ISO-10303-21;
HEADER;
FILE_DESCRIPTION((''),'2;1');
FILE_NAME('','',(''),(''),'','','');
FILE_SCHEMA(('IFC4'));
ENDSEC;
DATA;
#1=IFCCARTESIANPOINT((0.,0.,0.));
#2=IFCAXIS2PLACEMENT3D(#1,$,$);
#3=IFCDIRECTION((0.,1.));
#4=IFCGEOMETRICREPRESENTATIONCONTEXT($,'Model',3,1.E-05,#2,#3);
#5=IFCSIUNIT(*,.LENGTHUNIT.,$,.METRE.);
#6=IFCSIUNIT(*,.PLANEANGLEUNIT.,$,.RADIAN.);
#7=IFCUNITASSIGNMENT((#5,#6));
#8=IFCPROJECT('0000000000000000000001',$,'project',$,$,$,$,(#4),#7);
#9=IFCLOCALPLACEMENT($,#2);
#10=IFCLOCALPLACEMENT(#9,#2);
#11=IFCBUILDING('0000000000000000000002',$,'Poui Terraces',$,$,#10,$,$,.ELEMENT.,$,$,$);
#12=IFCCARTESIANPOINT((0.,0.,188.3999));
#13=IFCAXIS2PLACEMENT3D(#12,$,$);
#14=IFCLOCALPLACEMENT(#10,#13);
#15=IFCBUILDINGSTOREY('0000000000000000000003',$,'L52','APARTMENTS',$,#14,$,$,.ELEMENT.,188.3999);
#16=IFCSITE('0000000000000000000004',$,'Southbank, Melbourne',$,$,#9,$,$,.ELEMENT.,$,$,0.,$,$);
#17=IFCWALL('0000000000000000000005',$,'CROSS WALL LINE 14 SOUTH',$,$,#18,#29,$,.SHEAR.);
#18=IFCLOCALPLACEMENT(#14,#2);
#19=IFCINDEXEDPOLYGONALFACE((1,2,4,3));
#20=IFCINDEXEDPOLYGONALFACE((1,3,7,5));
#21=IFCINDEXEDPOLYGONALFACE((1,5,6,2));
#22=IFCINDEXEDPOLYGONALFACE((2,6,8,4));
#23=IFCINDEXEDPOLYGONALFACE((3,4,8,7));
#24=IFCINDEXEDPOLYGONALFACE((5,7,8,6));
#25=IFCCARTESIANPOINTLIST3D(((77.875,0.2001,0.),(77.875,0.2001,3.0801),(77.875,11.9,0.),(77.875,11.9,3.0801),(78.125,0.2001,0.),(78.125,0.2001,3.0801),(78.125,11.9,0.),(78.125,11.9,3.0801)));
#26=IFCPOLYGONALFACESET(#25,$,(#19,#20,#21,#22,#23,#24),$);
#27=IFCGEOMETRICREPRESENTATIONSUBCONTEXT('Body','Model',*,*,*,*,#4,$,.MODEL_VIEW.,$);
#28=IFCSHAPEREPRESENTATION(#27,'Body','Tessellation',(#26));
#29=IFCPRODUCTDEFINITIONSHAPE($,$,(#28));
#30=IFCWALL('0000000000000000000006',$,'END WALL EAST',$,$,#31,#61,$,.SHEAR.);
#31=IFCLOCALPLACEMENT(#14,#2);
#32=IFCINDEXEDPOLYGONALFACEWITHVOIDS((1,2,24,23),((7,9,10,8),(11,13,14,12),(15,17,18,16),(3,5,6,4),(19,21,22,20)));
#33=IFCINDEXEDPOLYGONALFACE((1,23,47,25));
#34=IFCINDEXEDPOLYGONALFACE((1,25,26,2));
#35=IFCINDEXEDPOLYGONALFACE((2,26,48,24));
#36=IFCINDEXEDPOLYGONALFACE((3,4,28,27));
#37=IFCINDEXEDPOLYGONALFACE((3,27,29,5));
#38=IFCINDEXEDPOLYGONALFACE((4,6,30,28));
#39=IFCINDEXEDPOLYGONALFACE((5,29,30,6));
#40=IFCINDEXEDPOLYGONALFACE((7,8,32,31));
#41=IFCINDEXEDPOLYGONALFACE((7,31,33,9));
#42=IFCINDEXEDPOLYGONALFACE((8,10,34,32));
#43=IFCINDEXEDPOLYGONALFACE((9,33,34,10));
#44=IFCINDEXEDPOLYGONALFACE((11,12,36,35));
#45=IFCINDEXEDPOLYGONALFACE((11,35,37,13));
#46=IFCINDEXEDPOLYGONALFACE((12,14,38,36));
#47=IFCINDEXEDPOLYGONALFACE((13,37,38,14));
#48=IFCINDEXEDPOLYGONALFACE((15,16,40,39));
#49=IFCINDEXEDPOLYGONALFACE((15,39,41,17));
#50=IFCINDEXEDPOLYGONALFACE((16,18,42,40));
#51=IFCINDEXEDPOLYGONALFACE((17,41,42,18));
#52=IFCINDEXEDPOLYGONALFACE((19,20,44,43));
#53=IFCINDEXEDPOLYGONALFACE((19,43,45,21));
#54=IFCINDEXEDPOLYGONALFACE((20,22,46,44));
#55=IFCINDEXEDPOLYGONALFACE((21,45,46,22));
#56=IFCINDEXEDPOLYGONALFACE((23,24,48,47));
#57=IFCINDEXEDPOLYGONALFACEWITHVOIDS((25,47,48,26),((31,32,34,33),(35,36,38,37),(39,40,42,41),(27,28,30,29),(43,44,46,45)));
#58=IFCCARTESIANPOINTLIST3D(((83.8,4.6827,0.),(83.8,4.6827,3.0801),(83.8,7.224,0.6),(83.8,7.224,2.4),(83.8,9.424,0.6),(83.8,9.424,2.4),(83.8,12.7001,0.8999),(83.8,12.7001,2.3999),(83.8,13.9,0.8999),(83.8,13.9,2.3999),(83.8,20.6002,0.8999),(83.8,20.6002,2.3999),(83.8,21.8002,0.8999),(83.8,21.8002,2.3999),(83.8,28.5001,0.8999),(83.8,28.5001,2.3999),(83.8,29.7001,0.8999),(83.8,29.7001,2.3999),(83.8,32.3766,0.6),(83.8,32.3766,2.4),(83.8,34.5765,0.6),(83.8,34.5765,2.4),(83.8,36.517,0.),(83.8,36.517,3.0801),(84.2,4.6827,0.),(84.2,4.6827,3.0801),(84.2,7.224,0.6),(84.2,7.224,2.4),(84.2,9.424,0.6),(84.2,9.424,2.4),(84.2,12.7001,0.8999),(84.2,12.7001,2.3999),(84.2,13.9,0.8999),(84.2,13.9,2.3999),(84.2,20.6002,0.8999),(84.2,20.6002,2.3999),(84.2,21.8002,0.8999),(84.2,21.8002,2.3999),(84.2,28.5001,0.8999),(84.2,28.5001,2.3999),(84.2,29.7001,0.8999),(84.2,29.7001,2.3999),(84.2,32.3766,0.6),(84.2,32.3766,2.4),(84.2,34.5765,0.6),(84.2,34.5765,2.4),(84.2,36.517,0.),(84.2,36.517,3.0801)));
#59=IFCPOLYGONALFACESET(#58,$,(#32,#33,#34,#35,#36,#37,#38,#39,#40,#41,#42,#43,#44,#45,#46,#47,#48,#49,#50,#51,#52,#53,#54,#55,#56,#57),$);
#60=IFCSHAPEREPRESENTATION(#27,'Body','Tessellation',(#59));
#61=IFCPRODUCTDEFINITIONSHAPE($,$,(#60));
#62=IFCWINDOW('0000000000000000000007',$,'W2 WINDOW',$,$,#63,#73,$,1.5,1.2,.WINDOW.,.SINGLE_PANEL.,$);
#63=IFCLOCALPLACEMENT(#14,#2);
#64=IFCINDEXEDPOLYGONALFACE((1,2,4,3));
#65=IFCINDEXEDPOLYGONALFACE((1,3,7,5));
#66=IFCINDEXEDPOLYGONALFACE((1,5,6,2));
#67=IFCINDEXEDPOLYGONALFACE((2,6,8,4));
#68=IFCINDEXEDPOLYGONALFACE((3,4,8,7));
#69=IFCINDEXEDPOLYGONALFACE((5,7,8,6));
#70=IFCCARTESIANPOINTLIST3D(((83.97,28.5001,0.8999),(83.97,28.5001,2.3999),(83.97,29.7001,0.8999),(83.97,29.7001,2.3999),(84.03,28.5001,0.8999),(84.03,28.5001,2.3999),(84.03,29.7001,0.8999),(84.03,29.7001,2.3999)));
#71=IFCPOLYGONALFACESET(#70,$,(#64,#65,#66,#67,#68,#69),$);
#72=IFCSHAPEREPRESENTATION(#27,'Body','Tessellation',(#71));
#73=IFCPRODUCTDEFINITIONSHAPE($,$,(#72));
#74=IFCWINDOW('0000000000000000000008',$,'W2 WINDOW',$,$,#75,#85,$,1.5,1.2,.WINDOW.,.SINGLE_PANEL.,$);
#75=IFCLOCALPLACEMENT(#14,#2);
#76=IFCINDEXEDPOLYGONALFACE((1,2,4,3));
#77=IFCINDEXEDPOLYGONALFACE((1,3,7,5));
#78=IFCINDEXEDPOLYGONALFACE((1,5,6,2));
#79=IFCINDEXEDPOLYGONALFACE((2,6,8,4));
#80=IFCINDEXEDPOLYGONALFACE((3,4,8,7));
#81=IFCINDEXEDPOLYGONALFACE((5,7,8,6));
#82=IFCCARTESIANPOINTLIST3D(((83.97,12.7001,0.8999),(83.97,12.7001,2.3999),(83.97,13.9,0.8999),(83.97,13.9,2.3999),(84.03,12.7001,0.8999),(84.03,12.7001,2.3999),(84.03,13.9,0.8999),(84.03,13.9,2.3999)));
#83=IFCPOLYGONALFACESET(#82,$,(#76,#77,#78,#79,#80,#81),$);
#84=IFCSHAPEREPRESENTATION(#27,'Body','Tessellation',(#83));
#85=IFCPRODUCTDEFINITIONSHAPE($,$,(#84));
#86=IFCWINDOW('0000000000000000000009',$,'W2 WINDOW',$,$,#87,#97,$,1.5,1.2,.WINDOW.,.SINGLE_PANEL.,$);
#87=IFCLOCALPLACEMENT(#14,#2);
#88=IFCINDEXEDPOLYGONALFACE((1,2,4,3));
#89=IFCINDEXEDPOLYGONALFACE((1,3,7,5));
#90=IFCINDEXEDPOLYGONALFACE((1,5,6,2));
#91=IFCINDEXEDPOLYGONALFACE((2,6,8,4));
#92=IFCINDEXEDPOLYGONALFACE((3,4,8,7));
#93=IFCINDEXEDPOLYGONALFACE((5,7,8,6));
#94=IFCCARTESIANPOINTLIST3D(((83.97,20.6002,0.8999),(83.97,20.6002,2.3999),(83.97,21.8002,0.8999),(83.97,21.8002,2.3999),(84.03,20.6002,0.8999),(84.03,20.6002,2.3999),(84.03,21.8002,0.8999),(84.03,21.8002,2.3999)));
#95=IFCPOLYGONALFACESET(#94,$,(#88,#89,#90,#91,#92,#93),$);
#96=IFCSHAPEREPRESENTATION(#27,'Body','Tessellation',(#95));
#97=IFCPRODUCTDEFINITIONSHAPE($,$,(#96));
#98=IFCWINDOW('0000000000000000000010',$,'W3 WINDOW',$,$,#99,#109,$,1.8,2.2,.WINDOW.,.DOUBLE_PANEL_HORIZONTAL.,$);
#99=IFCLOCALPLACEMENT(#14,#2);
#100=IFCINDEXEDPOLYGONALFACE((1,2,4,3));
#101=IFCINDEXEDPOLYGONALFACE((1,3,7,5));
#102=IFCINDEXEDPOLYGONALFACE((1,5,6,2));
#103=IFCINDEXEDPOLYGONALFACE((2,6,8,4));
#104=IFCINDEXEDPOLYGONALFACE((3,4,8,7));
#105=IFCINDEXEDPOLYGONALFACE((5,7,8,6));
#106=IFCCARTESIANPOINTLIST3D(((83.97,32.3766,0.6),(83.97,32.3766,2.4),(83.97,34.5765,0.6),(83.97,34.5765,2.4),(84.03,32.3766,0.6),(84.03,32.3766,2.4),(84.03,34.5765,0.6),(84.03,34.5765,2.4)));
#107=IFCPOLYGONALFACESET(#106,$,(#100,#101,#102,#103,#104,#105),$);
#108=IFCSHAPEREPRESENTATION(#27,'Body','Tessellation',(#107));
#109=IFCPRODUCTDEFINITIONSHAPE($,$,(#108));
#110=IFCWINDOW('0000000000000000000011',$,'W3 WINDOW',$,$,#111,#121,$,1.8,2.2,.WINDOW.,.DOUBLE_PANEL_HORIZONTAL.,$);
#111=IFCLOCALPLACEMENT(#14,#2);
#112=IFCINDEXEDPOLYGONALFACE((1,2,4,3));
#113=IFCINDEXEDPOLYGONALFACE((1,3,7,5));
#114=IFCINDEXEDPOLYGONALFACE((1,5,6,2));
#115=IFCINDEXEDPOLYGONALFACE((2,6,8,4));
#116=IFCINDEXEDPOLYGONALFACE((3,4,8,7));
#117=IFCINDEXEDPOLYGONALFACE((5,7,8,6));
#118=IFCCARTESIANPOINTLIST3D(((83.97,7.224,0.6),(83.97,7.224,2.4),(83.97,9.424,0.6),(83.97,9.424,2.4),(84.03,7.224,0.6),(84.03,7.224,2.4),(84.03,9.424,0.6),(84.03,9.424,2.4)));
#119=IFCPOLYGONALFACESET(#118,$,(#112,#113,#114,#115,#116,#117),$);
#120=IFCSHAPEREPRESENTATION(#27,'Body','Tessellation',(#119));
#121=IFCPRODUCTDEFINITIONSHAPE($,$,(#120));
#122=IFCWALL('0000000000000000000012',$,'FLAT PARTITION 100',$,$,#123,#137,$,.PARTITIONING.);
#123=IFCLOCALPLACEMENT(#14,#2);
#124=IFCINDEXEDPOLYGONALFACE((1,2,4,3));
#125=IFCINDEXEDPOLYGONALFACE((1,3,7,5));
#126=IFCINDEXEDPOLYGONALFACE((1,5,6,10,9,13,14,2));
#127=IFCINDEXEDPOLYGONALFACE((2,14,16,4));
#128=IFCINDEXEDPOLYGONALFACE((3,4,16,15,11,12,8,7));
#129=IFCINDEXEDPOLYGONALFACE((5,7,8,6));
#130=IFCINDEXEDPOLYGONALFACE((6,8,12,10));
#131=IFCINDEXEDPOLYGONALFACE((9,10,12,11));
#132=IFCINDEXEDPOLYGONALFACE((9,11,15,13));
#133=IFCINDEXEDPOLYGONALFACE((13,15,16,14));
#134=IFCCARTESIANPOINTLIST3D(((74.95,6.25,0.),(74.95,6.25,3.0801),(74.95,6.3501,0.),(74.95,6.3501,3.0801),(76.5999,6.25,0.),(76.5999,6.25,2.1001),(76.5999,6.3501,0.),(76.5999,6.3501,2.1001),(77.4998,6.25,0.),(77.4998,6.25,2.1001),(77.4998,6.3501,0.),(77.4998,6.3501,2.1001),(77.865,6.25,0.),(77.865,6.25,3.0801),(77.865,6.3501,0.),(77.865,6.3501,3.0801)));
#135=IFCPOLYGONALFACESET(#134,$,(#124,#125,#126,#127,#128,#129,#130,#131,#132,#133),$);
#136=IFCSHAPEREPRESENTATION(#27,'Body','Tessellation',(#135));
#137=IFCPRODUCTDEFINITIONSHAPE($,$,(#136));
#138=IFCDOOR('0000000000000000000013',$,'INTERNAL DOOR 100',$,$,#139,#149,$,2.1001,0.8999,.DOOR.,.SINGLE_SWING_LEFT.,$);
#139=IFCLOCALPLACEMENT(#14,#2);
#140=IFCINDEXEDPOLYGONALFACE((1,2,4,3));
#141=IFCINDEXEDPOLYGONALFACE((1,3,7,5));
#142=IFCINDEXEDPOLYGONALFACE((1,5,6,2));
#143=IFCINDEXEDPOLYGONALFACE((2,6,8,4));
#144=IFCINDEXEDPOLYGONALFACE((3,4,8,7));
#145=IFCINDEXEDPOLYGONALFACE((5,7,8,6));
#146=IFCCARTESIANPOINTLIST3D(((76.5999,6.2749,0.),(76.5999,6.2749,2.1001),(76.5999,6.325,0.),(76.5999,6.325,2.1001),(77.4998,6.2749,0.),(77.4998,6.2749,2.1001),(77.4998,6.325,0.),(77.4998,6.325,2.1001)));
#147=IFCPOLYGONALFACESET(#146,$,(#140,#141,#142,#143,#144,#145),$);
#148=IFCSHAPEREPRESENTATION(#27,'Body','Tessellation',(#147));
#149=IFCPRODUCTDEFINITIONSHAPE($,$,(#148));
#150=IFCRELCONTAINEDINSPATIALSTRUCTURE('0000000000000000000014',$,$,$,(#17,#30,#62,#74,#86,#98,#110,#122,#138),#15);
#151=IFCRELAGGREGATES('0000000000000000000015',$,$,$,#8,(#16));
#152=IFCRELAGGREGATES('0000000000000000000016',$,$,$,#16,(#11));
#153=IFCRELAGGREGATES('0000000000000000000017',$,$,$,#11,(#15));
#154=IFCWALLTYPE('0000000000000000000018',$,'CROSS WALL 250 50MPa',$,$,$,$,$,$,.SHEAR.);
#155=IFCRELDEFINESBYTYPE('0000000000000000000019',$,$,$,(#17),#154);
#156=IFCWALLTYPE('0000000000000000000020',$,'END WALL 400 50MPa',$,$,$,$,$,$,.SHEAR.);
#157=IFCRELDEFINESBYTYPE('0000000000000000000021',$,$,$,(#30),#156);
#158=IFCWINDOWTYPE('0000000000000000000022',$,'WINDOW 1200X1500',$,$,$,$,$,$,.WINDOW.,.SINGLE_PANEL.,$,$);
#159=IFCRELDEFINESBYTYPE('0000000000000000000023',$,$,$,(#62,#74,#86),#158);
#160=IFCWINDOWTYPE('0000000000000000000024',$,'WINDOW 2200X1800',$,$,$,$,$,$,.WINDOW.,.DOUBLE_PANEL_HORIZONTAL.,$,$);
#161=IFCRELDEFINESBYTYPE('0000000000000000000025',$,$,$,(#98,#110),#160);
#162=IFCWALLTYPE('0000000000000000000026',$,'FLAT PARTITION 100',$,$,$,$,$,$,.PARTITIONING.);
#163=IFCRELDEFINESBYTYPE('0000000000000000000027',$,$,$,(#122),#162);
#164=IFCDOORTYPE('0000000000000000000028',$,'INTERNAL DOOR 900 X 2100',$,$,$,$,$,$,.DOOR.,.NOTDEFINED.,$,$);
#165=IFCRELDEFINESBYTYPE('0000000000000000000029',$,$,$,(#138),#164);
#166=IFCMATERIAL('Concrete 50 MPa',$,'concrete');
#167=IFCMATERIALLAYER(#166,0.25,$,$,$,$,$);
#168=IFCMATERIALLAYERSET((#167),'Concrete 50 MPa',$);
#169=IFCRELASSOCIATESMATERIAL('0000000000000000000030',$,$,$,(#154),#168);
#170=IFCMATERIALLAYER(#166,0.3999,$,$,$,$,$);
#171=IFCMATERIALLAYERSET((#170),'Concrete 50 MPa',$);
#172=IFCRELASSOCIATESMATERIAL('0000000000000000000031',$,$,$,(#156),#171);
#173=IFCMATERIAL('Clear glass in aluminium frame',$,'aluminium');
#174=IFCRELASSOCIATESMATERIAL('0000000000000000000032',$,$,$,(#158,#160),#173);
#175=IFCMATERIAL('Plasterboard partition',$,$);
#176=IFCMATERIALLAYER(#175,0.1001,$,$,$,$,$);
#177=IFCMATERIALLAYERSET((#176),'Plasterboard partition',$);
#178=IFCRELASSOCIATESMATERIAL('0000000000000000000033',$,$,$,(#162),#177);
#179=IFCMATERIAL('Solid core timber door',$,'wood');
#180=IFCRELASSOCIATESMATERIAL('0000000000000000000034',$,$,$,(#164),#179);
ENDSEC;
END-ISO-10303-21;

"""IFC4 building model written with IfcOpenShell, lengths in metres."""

from ifc_helpers import new_model, si_unit, direction, frame, frame_2d, origin, place, context, subcontext, project, spatial, rectangle, extrude, material, layer, layer_set, type_object, element, fill, save


model = new_model("IFC4")

# Units and contexts
model_context = context("Model", 3, precision=1e-05, world=origin(), true_north=direction((0.0, 1.0)))
body_context = subcontext(model_context, "Body", "Model", "MODEL_VIEW")
ifc_project = project(units=[si_unit("LENGTHUNIT", "METRE"), si_unit("PLANEANGLEUNIT", "RADIAN")], contexts=[model_context])

# Site, building, storey
site_placement = place(None, origin())
site = spatial("IfcSite", under=ifc_project, at=site_placement, Name="Southbank, Melbourne", CompositionType="ELEMENT", RefElevation=0.0)
building_placement = place(site_placement, origin())
building = spatial("IfcBuilding", under=site, at=building_placement, Name="Poui Terraces", CompositionType="ELEMENT")
storey_placement = place(building_placement, frame((0.0, 0.0, 188.3999)))
storey = spatial("IfcBuildingStorey", under=building, at=storey_placement, Name="L52", Description="APARTMENTS", CompositionType="ELEMENT", Elevation=188.3999)

# Wall
ifc_material_1 = material(Name="Concrete 50 MPa", Category="concrete")
ifc_layer_1 = layer(ifc_material_1, 0.25)
ifc_layer_set_1 = layer_set([ifc_layer_1], Name="Concrete 50 MPa")
wall_type_1 = type_object("IfcWallType", Name="CROSS WALL 250 50MPa", PredefinedType="SHEAR", material=ifc_layer_set_1)
wall_1_placement = place(storey_placement, frame((78.0, 0.2, 0.0), z_axis=(0.0, 0.0, 1.0), x_axis=(0.0, 1.0, 0.0)))
element("IfcWall", 1, at=wall_1_placement, inside=storey, type_object=wall_type_1, Name="CROSS WALL LINE 14 SOUTH", PredefinedType="SHEAR", context=body_context, shape_type="SweptSolid", body=[
    extrude(rectangle(XDim=11.7, YDim=0.25, at=frame_2d((5.8501, 0.0))), origin(), (0.0, 0.0, 1.0), 3.0801),
])

# Wall, openings, windows
ifc_layer_2 = layer(ifc_material_1, 0.3999)
ifc_layer_set_2 = layer_set([ifc_layer_2], Name="Concrete 50 MPa")
wall_type_2 = type_object("IfcWallType", Name="END WALL 400 50MPa", PredefinedType="SHEAR", material=ifc_layer_set_2)
wall_2_placement = place(storey_placement, frame((84.0, 4.6829, 0.0), z_axis=(0.0, 0.0, 1.0), x_axis=(0.0, 1.0, 0.0)))
wall_2 = element("IfcWall", 2, at=wall_2_placement, inside=storey, type_object=wall_type_2, Name="END WALL EAST", PredefinedType="SHEAR", context=body_context, shape_type="SweptSolid", body=[
    extrude(rectangle(XDim=31.8342, YDim=0.3999, at=frame_2d((15.917, 0.0))), origin(), (0.0, 0.0, 1.0), 3.0801),
])
opening_1_placement = place(wall_2_placement, frame((23.8171, 0.0, 0.8999)))
opening_1 = element("IfcOpeningElement", 3, at=opening_1_placement, cuts=wall_2, PredefinedType="OPENING", context=body_context, shape_type="SweptSolid", body=[
    extrude(rectangle(XDim=1.2, YDim=1.5, at=frame_2d((0.6001, 0.75))), frame((0.0, 0.21, 0.0), z_axis=(0.0, -1.0, 0.0), x_axis=(1.0, 0.0, 0.0)), (0.0, 0.0, 1.0), 0.4199),
])
opening_2_placement = place(wall_2_placement, frame((8.0171, 0.0, 0.8999)))
opening_2 = element("IfcOpeningElement", 4, at=opening_2_placement, cuts=wall_2, PredefinedType="OPENING", context=body_context, shape_type="SweptSolid", body=[
    extrude(rectangle(XDim=1.2, YDim=1.5, at=frame_2d((0.6001, 0.75))), frame((0.0, 0.21, 0.0), z_axis=(0.0, -1.0, 0.0), x_axis=(1.0, 0.0, 0.0)), (0.0, 0.0, 1.0), 0.4199),
])
opening_3_placement = place(wall_2_placement, frame((27.6936, 0.0, 0.6001)))
opening_3 = element("IfcOpeningElement", 5, at=opening_3_placement, cuts=wall_2, PredefinedType="OPENING", context=body_context, shape_type="SweptSolid", body=[
    extrude(rectangle(XDim=2.2, YDim=1.8, at=frame_2d((1.1001, 0.8999))), frame((0.0, 0.21, 0.0), z_axis=(0.0, -1.0, 0.0), x_axis=(1.0, 0.0, 0.0)), (0.0, 0.0, 1.0), 0.4199),
])
opening_4_placement = place(wall_2_placement, frame((2.541, 0.0, 0.6001)))
opening_4 = element("IfcOpeningElement", 6, at=opening_4_placement, cuts=wall_2, PredefinedType="OPENING", context=body_context, shape_type="SweptSolid", body=[
    extrude(rectangle(XDim=2.2, YDim=1.8, at=frame_2d((1.1001, 0.8999))), frame((0.0, 0.21, 0.0), z_axis=(0.0, -1.0, 0.0), x_axis=(1.0, 0.0, 0.0)), (0.0, 0.0, 1.0), 0.4199),
])
opening_5_placement = place(wall_2_placement, frame((15.9172, 0.0, 0.8999)))
opening_5 = element("IfcOpeningElement", 7, at=opening_5_placement, cuts=wall_2, PredefinedType="OPENING", context=body_context, shape_type="SweptSolid", body=[
    extrude(rectangle(XDim=1.2, YDim=1.5, at=frame_2d((0.6001, 0.75))), frame((0.0, 0.21, 0.0), z_axis=(0.0, -1.0, 0.0), x_axis=(1.0, 0.0, 0.0)), (0.0, 0.0, 1.0), 0.4199),
])
ifc_material_2 = material(Name="Clear glass in aluminium frame", Category="aluminium")
window_type_1 = type_object("IfcWindowType", Name="WINDOW 1200X1500", PartitioningType="SINGLE_PANEL", PredefinedType="WINDOW", material=ifc_material_2)
window_1_placement = place(opening_1_placement, origin())
window_1 = element("IfcWindow", 8, at=window_1_placement, inside=storey, type_object=window_type_1, Name="W2 WINDOW", OverallHeight=1.5, OverallWidth=1.2, PartitioningType="SINGLE_PANEL", PredefinedType="WINDOW", context=body_context, shape_type="SweptSolid", body=[
    extrude(rectangle(XDim=1.2, YDim=1.5, at=frame_2d((0.6001, 0.75))), frame((0.0, 0.03, 0.0), z_axis=(0.0, -1.0, 0.0), x_axis=(1.0, 0.0, 0.0)), (0.0, 0.0, 1.0), 0.0601),
])
fill(opening_1, window_1)
window_2_placement = place(opening_2_placement, origin())
window_2 = element("IfcWindow", 9, at=window_2_placement, inside=storey, type_object=window_type_1, Name="W2 WINDOW", OverallHeight=1.5, OverallWidth=1.2, PartitioningType="SINGLE_PANEL", PredefinedType="WINDOW", context=body_context, shape_type="SweptSolid", body=[
    extrude(rectangle(XDim=1.2, YDim=1.5, at=frame_2d((0.6001, 0.75))), frame((0.0, 0.03, 0.0), z_axis=(0.0, -1.0, 0.0), x_axis=(1.0, 0.0, 0.0)), (0.0, 0.0, 1.0), 0.0601),
])
fill(opening_2, window_2)
window_3_placement = place(opening_5_placement, origin())
window_3 = element("IfcWindow", 10, at=window_3_placement, inside=storey, type_object=window_type_1, Name="W2 WINDOW", OverallHeight=1.5, OverallWidth=1.2, PartitioningType="SINGLE_PANEL", PredefinedType="WINDOW", context=body_context, shape_type="SweptSolid", body=[
    extrude(rectangle(XDim=1.2, YDim=1.5, at=frame_2d((0.6001, 0.75))), frame((0.0, 0.03, 0.0), z_axis=(0.0, -1.0, 0.0), x_axis=(1.0, 0.0, 0.0)), (0.0, 0.0, 1.0), 0.0601),
])
fill(opening_5, window_3)
window_type_2 = type_object("IfcWindowType", Name="WINDOW 2200X1800", PartitioningType="DOUBLE_PANEL_HORIZONTAL", PredefinedType="WINDOW", material=ifc_material_2)
window_4_placement = place(opening_3_placement, origin())
window_4 = element("IfcWindow", 11, at=window_4_placement, inside=storey, type_object=window_type_2, Name="W3 WINDOW", OverallHeight=1.8, OverallWidth=2.2, PartitioningType="DOUBLE_PANEL_HORIZONTAL", PredefinedType="WINDOW", context=body_context, shape_type="SweptSolid", body=[
    extrude(rectangle(XDim=2.2, YDim=1.8, at=frame_2d((1.1001, 0.8999))), frame((0.0, 0.03, 0.0), z_axis=(0.0, -1.0, 0.0), x_axis=(1.0, 0.0, 0.0)), (0.0, 0.0, 1.0), 0.0601),
])
fill(opening_3, window_4)
window_5_placement = place(opening_4_placement, origin())
window_5 = element("IfcWindow", 12, at=window_5_placement, inside=storey, type_object=window_type_2, Name="W3 WINDOW", OverallHeight=1.8, OverallWidth=2.2, PartitioningType="DOUBLE_PANEL_HORIZONTAL", PredefinedType="WINDOW", context=body_context, shape_type="SweptSolid", body=[
    extrude(rectangle(XDim=2.2, YDim=1.8, at=frame_2d((1.1001, 0.8999))), frame((0.0, 0.03, 0.0), z_axis=(0.0, -1.0, 0.0), x_axis=(1.0, 0.0, 0.0)), (0.0, 0.0, 1.0), 0.0601),
])
fill(opening_4, window_5)

# Wall, opening, door
ifc_material_3 = material(Name="Plasterboard partition")
ifc_layer_3 = layer(ifc_material_3, 0.1001)
ifc_layer_set_3 = layer_set([ifc_layer_3], Name="Plasterboard partition")
wall_type_3 = type_object("IfcWallType", Name="FLAT PARTITION 100", PredefinedType="PARTITIONING", material=ifc_layer_set_3)
wall_3_placement = place(storey_placement, frame((74.95, 6.3, 0.0), z_axis=(0.0, 0.0, 1.0), x_axis=(1.0, 0.0, 0.0)))
wall_3 = element("IfcWall", 13, at=wall_3_placement, inside=storey, type_object=wall_type_3, Name="FLAT PARTITION 100", PredefinedType="PARTITIONING", context=body_context, shape_type="SweptSolid", body=[
    extrude(rectangle(XDim=2.915, YDim=0.1001, at=frame_2d((1.4575, 0.0))), origin(), (0.0, 0.0, 1.0), 3.0801),
])
opening_6_placement = place(wall_3_placement, frame((1.6499, 0.0, 0.0)))
opening_6 = element("IfcOpeningElement", 14, at=opening_6_placement, cuts=wall_3, PredefinedType="OPENING", context=body_context, shape_type="SweptSolid", body=[
    extrude(rectangle(XDim=0.8999, YDim=2.1001, at=frame_2d((0.45, 1.05))), frame((0.0, 0.0601, 0.0), z_axis=(0.0, -1.0, 0.0), x_axis=(1.0, 0.0, 0.0)), (0.0, 0.0, 1.0), 0.1201),
])
ifc_material_4 = material(Name="Solid core timber door", Category="wood")
door_type_1 = type_object("IfcDoorType", Name="INTERNAL DOOR 900 X 2100", OperationType="NOTDEFINED", PredefinedType="DOOR", material=ifc_material_4)
door_1_placement = place(opening_6_placement, origin())
door_1 = element("IfcDoor", 15, at=door_1_placement, inside=storey, type_object=door_type_1, Name="INTERNAL DOOR 100", OperationType="SINGLE_SWING_LEFT", OverallHeight=2.1001, OverallWidth=0.8999, PredefinedType="DOOR", context=body_context, shape_type="SweptSolid", body=[
    extrude(rectangle(XDim=0.8999, YDim=2.1001, at=frame_2d((0.45, 1.05))), frame((0.0, 0.0249, 0.0), z_axis=(0.0, -1.0, 0.0), x_axis=(1.0, 0.0, 0.0)), (0.0, 0.0, 1.0), 0.05),
])
fill(opening_6, door_1)

save(model, "model.ifc")
